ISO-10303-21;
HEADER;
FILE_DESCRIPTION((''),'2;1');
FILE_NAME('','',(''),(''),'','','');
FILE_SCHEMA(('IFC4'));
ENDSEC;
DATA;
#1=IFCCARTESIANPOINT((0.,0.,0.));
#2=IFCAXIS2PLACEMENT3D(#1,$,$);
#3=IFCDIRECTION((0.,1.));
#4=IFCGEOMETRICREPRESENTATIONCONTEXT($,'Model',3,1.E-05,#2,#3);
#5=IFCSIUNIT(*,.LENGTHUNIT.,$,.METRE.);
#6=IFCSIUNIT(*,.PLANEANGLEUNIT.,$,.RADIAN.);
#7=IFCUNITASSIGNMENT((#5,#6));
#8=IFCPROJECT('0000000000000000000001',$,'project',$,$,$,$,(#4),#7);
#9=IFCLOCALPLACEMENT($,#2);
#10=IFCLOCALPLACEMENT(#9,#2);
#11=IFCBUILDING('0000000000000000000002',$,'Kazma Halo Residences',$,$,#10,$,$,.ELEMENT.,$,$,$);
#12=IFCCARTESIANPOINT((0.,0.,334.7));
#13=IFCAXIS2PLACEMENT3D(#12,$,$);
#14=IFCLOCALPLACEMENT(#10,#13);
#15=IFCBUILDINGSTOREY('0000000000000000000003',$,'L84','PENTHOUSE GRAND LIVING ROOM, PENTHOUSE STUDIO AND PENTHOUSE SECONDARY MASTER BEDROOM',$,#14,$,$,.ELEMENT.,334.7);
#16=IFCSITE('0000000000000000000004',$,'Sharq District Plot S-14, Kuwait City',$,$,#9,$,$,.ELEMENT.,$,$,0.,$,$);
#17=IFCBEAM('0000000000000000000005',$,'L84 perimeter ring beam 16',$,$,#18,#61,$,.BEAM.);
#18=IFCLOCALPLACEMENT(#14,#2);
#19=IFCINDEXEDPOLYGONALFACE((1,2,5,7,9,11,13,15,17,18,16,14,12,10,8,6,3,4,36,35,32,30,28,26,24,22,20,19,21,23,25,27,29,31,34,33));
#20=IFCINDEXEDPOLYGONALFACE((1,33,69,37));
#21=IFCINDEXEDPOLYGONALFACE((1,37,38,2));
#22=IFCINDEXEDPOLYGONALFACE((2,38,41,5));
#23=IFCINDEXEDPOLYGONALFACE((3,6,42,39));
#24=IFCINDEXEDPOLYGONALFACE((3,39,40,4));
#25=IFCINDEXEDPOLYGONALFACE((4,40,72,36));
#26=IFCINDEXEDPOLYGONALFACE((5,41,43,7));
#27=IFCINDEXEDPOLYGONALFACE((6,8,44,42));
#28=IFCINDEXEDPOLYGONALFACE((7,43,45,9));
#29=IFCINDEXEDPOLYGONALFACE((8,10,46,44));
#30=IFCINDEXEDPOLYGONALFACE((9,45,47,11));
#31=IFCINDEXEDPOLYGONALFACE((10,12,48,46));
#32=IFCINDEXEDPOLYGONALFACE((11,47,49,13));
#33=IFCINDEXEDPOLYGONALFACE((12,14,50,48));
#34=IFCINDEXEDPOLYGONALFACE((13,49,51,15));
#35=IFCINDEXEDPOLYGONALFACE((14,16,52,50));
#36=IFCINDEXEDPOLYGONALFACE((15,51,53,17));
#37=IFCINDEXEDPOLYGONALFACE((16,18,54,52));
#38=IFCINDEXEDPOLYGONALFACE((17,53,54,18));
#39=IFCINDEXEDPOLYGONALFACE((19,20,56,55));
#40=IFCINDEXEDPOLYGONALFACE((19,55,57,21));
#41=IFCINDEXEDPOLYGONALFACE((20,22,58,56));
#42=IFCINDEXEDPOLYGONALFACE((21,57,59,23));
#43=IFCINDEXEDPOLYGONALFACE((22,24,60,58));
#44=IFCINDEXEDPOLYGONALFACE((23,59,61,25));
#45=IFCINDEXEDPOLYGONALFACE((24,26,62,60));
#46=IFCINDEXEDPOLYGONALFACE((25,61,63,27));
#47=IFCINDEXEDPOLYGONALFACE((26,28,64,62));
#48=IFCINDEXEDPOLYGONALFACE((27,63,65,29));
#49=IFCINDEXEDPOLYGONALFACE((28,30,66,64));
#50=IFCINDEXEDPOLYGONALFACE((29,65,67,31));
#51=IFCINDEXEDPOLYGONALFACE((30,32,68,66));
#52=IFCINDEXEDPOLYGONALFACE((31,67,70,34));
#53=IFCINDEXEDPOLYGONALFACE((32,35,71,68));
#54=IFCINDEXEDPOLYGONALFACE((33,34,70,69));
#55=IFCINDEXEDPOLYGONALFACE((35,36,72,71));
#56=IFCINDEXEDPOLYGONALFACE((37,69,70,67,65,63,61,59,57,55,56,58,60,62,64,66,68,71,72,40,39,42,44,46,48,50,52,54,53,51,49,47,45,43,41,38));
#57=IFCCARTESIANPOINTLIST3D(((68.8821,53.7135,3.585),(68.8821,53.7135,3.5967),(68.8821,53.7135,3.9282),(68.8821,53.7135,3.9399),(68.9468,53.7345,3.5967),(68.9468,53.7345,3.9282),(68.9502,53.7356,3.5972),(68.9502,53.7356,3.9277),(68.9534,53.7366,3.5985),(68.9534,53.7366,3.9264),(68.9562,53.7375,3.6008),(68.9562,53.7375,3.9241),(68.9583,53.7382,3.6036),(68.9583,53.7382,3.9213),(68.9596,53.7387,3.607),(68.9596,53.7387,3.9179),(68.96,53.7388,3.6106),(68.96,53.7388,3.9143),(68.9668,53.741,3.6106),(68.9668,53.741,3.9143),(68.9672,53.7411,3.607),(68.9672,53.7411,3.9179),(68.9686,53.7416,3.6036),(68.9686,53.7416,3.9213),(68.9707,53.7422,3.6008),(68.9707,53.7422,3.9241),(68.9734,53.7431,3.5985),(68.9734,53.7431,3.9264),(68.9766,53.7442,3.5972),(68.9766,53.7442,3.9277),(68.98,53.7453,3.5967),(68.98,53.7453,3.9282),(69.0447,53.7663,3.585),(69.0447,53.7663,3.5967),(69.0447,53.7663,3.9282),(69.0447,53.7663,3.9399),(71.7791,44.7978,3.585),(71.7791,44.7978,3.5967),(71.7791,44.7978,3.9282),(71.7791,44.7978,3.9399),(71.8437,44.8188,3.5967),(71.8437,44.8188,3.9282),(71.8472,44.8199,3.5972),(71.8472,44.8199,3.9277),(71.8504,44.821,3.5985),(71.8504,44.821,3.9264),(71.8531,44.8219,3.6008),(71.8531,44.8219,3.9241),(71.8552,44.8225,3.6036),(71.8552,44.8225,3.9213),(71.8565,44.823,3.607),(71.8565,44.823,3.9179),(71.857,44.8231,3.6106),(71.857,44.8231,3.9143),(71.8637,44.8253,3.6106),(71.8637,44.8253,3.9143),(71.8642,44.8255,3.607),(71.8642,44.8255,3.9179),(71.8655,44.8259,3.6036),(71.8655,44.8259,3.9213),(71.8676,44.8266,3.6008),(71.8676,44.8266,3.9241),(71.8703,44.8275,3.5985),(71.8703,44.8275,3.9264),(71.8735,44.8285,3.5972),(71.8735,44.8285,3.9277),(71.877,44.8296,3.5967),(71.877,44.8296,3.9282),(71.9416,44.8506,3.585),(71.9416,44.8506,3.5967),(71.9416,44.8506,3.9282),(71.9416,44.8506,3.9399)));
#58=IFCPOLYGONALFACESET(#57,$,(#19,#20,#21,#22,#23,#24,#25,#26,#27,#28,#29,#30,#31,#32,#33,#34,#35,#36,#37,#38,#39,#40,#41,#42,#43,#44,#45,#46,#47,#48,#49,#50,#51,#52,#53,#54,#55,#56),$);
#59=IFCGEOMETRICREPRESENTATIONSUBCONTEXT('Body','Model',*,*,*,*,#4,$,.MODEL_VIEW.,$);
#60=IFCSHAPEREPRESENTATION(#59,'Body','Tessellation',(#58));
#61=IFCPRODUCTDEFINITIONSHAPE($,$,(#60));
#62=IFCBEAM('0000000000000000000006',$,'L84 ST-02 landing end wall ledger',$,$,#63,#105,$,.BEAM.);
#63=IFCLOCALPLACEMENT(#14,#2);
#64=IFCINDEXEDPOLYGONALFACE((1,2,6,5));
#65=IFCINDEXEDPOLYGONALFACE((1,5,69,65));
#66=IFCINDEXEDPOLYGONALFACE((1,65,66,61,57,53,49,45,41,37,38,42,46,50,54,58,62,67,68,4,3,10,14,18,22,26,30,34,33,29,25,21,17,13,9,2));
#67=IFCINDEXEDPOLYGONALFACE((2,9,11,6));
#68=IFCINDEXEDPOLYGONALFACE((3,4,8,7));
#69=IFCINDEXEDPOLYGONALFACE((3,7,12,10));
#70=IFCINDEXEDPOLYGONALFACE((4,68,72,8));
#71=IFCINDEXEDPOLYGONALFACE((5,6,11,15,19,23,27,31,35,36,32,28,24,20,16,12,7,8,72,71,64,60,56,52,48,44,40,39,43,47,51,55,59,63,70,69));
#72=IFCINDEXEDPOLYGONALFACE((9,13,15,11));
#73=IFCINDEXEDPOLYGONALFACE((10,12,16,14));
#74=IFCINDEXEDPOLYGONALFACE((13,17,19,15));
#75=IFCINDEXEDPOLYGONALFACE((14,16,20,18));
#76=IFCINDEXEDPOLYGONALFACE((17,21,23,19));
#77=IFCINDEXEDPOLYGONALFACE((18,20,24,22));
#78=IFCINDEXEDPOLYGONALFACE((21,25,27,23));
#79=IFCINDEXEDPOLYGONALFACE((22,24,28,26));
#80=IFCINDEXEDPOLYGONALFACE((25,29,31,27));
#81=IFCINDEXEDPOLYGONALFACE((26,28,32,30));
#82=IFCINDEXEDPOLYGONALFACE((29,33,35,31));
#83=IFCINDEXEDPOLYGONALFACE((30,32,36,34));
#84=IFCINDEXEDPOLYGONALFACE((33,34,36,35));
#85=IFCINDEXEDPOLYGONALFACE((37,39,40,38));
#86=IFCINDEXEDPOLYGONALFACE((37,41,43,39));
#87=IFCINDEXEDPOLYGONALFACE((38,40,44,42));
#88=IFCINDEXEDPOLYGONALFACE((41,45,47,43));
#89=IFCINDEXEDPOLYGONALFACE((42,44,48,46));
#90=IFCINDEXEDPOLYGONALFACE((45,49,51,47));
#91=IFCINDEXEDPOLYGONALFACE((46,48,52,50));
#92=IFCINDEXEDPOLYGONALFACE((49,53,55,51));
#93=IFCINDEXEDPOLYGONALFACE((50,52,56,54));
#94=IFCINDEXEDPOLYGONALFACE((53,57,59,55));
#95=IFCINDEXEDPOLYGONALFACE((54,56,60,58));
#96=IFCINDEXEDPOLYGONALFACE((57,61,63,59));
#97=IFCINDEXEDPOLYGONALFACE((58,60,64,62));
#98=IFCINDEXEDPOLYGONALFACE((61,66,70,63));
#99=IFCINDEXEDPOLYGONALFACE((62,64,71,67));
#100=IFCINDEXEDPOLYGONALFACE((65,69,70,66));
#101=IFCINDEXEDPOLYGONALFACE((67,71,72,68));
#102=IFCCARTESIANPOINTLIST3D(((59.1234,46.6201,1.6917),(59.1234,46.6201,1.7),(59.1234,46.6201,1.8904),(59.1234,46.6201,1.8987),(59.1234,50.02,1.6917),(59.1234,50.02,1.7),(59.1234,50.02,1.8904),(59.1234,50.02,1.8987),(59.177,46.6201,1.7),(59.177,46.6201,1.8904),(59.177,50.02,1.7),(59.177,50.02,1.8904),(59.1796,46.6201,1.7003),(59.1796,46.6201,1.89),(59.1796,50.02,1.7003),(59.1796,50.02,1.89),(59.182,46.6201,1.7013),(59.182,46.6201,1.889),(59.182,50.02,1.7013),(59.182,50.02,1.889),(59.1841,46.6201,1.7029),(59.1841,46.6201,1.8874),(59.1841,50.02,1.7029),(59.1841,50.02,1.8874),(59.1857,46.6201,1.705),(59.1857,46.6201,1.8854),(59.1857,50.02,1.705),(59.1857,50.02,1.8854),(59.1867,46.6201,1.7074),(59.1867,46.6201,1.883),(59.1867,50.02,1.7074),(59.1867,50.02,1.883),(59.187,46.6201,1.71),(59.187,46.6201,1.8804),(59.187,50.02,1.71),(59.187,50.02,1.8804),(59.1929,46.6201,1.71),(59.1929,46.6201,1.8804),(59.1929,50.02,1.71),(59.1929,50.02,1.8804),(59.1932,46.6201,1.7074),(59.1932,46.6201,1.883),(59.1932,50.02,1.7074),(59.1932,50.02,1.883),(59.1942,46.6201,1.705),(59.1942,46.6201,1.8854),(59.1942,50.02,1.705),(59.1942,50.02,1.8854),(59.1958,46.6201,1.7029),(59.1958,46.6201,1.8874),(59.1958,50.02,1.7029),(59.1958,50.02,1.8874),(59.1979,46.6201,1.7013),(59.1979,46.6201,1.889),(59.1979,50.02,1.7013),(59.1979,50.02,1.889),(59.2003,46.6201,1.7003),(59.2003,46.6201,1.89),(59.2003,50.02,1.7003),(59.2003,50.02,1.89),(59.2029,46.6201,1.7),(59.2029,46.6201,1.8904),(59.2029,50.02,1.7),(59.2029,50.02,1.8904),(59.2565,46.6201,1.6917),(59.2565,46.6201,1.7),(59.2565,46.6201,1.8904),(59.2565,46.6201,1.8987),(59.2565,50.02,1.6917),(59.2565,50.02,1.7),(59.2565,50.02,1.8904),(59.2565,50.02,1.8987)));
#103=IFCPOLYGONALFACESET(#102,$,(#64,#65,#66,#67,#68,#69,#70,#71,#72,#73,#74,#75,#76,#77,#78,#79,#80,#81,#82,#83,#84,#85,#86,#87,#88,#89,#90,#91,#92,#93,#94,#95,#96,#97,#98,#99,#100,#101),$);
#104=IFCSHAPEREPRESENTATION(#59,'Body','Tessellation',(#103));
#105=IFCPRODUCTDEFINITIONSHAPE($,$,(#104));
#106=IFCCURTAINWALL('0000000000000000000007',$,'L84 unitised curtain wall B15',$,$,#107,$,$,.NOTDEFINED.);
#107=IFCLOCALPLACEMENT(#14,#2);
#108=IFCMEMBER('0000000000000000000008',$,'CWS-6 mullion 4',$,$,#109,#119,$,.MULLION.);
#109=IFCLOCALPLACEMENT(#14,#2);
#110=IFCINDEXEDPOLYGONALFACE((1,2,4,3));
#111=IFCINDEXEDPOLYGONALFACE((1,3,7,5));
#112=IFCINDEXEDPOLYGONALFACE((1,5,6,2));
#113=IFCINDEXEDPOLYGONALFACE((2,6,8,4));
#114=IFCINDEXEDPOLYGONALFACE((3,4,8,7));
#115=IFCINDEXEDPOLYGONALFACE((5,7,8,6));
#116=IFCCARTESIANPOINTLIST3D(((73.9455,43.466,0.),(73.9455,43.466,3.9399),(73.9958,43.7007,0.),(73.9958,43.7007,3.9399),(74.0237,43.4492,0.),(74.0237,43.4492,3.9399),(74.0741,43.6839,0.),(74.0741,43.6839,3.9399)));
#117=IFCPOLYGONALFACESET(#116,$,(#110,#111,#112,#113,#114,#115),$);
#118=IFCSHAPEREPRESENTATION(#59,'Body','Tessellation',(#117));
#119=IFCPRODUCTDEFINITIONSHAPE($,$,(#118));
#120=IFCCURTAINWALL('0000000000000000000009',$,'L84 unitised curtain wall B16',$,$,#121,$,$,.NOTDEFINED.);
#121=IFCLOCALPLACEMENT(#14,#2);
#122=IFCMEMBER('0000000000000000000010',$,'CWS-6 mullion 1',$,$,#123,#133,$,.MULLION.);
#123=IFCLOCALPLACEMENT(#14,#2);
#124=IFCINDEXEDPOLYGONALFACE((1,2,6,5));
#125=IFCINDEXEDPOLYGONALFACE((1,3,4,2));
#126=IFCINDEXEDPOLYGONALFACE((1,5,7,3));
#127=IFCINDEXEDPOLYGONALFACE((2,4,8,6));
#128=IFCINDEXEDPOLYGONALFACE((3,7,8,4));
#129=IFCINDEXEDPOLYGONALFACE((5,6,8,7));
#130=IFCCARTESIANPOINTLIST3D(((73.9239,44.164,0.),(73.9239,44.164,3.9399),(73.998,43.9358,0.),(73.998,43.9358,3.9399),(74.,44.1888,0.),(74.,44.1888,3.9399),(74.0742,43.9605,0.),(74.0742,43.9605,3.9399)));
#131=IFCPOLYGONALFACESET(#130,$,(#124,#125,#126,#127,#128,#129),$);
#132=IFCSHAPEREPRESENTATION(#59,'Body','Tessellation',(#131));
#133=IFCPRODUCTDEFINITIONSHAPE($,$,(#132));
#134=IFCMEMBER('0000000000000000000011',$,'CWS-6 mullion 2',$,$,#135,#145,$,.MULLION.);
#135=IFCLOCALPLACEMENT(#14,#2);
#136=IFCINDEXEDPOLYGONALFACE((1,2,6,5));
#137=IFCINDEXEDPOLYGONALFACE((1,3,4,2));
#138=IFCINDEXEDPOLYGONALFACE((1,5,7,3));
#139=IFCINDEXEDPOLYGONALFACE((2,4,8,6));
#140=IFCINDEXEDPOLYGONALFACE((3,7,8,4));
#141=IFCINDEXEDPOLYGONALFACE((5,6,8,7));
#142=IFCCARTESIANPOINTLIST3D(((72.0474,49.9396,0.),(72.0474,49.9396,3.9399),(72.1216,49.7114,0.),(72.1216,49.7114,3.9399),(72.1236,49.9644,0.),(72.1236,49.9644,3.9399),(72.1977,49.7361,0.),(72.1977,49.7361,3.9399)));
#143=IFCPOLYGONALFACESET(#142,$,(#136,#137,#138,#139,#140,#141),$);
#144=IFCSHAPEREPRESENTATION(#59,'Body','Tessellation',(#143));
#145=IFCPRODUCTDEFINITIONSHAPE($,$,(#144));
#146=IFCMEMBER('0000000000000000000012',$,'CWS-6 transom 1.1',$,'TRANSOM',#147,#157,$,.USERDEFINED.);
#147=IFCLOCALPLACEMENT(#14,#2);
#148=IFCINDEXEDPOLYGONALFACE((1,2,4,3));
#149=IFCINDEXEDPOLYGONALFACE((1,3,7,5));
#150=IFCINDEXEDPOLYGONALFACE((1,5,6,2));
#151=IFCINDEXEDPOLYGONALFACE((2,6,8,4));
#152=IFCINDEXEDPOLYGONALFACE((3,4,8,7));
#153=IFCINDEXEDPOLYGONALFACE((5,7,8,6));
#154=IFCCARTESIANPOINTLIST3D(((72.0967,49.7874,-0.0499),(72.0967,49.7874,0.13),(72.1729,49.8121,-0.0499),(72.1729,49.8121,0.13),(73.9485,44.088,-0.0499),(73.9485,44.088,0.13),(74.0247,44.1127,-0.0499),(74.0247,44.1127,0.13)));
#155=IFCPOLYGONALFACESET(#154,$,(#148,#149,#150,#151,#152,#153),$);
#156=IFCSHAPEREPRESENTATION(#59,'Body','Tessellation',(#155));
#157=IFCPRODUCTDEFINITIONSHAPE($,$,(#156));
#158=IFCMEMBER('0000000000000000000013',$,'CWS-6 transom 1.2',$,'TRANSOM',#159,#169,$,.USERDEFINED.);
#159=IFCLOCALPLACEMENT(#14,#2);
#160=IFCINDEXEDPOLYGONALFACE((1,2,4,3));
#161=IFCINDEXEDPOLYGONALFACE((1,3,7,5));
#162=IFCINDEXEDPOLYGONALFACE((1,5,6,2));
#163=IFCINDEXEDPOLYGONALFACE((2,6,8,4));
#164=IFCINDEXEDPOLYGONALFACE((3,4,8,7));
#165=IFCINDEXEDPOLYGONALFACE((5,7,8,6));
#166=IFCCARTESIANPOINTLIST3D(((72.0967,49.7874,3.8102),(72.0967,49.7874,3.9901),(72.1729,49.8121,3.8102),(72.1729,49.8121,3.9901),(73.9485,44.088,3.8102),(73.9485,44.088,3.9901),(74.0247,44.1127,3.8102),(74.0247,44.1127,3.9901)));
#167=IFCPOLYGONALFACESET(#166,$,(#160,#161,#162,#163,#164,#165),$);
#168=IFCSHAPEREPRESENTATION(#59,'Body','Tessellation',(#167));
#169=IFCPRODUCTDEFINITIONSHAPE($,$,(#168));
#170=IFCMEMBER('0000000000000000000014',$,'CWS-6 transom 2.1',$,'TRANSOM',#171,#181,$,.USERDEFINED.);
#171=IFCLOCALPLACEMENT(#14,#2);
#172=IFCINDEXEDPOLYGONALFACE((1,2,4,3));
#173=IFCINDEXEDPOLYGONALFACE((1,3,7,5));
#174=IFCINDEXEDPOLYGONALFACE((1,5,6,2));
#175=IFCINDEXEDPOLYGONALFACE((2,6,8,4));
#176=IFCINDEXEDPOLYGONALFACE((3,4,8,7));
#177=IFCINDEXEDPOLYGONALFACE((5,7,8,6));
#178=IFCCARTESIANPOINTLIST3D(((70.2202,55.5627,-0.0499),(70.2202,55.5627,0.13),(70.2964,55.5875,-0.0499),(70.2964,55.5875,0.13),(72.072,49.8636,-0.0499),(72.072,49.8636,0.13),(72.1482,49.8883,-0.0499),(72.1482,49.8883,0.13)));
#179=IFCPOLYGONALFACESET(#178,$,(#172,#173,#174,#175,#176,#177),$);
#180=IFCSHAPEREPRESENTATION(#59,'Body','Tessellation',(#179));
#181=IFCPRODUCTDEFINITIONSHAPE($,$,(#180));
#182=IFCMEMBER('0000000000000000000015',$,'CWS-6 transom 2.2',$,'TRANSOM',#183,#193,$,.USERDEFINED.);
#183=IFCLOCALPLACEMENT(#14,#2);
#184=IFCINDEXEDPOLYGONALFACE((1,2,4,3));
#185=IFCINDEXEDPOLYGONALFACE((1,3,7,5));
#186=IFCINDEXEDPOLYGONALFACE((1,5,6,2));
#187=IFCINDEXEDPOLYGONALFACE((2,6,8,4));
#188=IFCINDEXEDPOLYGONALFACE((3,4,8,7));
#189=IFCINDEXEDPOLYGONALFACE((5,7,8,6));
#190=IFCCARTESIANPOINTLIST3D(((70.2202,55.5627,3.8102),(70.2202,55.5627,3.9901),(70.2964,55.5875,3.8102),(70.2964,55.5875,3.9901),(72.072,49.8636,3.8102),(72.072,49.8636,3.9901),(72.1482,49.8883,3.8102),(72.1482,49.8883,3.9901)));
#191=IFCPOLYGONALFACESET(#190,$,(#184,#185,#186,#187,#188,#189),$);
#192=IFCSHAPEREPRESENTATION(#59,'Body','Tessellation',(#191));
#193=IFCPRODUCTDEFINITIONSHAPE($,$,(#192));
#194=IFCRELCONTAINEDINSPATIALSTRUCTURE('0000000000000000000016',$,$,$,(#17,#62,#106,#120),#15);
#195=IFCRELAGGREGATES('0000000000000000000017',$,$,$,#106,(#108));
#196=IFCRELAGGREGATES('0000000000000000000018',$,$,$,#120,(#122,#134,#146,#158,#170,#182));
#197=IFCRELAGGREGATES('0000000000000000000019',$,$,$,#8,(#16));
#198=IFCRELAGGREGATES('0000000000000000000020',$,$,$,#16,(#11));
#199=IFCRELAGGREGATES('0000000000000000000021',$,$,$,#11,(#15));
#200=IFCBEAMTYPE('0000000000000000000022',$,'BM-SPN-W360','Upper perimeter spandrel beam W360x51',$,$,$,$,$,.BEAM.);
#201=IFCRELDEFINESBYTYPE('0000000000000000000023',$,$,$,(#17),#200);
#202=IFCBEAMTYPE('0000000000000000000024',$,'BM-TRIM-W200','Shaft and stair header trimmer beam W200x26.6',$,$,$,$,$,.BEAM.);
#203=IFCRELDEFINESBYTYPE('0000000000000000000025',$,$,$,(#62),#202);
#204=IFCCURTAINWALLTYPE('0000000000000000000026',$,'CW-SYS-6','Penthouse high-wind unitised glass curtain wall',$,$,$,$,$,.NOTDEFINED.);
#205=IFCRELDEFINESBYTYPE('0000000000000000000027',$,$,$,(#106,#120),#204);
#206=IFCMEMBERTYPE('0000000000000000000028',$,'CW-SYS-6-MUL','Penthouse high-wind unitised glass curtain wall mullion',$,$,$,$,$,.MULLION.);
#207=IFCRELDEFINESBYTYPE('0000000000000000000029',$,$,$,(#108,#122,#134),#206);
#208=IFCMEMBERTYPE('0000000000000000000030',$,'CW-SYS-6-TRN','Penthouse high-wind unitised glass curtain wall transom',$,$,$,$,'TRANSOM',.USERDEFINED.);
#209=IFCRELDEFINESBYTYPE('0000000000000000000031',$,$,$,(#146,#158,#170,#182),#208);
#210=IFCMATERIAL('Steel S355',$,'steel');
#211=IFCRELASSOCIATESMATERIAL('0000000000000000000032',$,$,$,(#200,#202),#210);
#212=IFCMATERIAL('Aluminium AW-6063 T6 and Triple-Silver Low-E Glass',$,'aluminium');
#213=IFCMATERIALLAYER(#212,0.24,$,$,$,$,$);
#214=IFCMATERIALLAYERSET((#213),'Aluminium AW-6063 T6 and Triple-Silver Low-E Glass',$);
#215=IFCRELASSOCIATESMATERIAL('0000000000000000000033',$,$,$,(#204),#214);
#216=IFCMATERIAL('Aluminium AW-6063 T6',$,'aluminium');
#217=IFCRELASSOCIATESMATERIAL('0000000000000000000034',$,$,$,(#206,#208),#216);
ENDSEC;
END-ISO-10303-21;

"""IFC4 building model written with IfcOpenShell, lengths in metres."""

from ifc_helpers import new_model, si_unit, direction, frame, origin, origin_2d, place, context, subcontext, project, spatial, rectangle, i_section, extrude, material, layer, layer_set, material_profile, profile_set, type_object, element, aggregate, save


model = new_model("IFC4")

# Units and contexts
model_context = context("Model", 3, precision=1e-05, world=origin(), true_north=direction((0.0, 1.0)))
body_context = subcontext(model_context, "Body", "Model", "MODEL_VIEW")
ifc_project = project(units=[si_unit("LENGTHUNIT", "METRE"), si_unit("PLANEANGLEUNIT", "RADIAN")], contexts=[model_context])

# Site, building, storey
site_placement = place(None, origin())
site = spatial("IfcSite", under=ifc_project, at=site_placement, Name="Sharq District Plot S-14, Kuwait City", CompositionType="ELEMENT", RefElevation=0.0)
building_placement = place(site_placement, origin())
building = spatial("IfcBuilding", under=site, at=building_placement, Name="Kazma Halo Residences", CompositionType="ELEMENT")
storey_placement = place(building_placement, frame((0.0, 0.0, 334.7)))
storey = spatial("IfcBuildingStorey", under=building, at=storey_placement, Name="L84", Description="PENTHOUSE GRAND LIVING ROOM, PENTHOUSE STUDIO AND PENTHOUSE SECONDARY MASTER BEDROOM", CompositionType="ELEMENT", Elevation=334.7)

# Beams
ifc_material_1 = material(Name="Steel S355", Category="steel")
ifc_material_profile_1 = material_profile(ifc_material_1, i_section(OverallWidth=0.1709, OverallDepth=0.355, WebThickness=0.0071, FlangeThickness=0.0117, FilletRadius=0.0139, at=origin_2d()), Name="W360x51")
ifc_profile_set_1 = profile_set([ifc_material_profile_1], Name="Steel S355")
beam_type_1 = type_object("IfcBeamType", Name="BM-SPN-W360", Description="Upper perimeter spandrel beam W360x51", PredefinedType="BEAM", material=ifc_profile_set_1)
beam_1_placement = place(storey_placement, frame((71.8604, 44.8242, 3.7625), z_axis=(-0.309023, 0.951055, 0.0), x_axis=(-0.951055, -0.309023, 0.0)))
element("IfcBeam", 1, at=beam_1_placement, inside=storey, type_object=beam_type_1, Name="L84 perimeter ring beam 16", PredefinedType="BEAM", context=body_context, shape_type="SweptSolid", body=[
    extrude(i_section(OverallWidth=0.1709, OverallDepth=0.355, WebThickness=0.0071, FlangeThickness=0.0117, FilletRadius=0.0139, at=origin_2d()), origin(), (0.0, 0.0, 1.0), 9.3745),
])
ifc_material_profile_2 = material_profile(ifc_material_1, i_section(OverallWidth=0.1331, OverallDepth=0.207, WebThickness=0.0059, FlangeThickness=0.0083, FilletRadius=0.01, at=origin_2d()), Name="W200x26.6")
ifc_profile_set_2 = profile_set([ifc_material_profile_2], Name="Steel S355")
beam_type_2 = type_object("IfcBeamType", Name="BM-TRIM-W200", Description="Shaft and stair header trimmer beam W200x26.6", PredefinedType="BEAM", material=ifc_profile_set_2)
beam_2_placement = place(storey_placement, frame((59.1899, 46.6201, 1.7952), z_axis=(0.0, 1.0, 0.0), x_axis=(-1.0, 0.0, 0.0)))
element("IfcBeam", 2, at=beam_2_placement, inside=storey, type_object=beam_type_2, Name="L84 ST-02 landing end wall ledger", PredefinedType="BEAM", context=body_context, shape_type="SweptSolid", body=[
    extrude(i_section(OverallWidth=0.1331, OverallDepth=0.207, WebThickness=0.0059, FlangeThickness=0.0083, FilletRadius=0.01, at=origin_2d()), origin(), (0.0, 0.0, 1.0), 3.3999),
])

# Curtain wall, member
ifc_material_2 = material(Name="Aluminium AW-6063 T6 and Triple-Silver Low-E Glass", Category="aluminium")
ifc_layer_1 = layer(ifc_material_2, 0.24)
ifc_layer_set_1 = layer_set([ifc_layer_1], Name="Aluminium AW-6063 T6 and Triple-Silver Low-E Glass")
curtain_wall_type = type_object("IfcCurtainWallType", Name="CW-SYS-6", Description="Penthouse high-wind unitised glass curtain wall", PredefinedType="NOTDEFINED", material=ifc_layer_set_1)
curtain_wall_1_placement = place(storey_placement, origin())
curtain_wall_1 = element("IfcCurtainWall", 3, at=curtain_wall_1_placement, inside=storey, type_object=curtain_wall_type, Name="L84 unitised curtain wall B15", PredefinedType="NOTDEFINED")
ifc_material_3 = material(Name="Aluminium AW-6063 T6", Category="aluminium")
ifc_material_profile_3 = material_profile(ifc_material_3, rectangle(XDim=0.0801, YDim=0.24, at=origin_2d()), Name="CWM-80x240")
ifc_profile_set_3 = profile_set([ifc_material_profile_3], Name="Aluminium AW-6063 T6")
member_type_1 = type_object("IfcMemberType", Name="CW-SYS-6-MUL", Description="Penthouse high-wind unitised glass curtain wall mullion", PredefinedType="MULLION", material=ifc_profile_set_3)
member_1_placement = place(storey_placement, frame((74.0098, 43.575, 0.0), z_axis=(0.0, 0.0, 1.0), x_axis=(-0.977761, 0.209723, 0.0)))
member_1 = element("IfcMember", 4, at=member_1_placement, type_object=member_type_1, Name="CWS-6 mullion 4", PredefinedType="MULLION", context=body_context, shape_type="SweptSolid", body=[
    extrude(rectangle(XDim=0.0801, YDim=0.24, at=origin_2d()), origin(), (0.0, 0.0, 1.0), 3.9399),
])

# Curtain wall, members
curtain_wall_2_placement = place(storey_placement, origin())
curtain_wall_2 = element("IfcCurtainWall", 5, at=curtain_wall_2_placement, inside=storey, type_object=curtain_wall_type, Name="L84 unitised curtain wall B16", PredefinedType="NOTDEFINED")
member_2_placement = place(storey_placement, frame((73.999, 44.0623, 0.0), z_axis=(0.0, 0.0, 1.0), x_axis=(-0.951056, -0.309019, 0.0)))
member_2 = element("IfcMember", 6, at=member_2_placement, type_object=member_type_1, Name="CWS-6 mullion 1", PredefinedType="MULLION", context=body_context, shape_type="SweptSolid", body=[
    extrude(rectangle(XDim=0.0801, YDim=0.24, at=origin_2d()), origin(), (0.0, 0.0, 1.0), 3.9399),
])
member_3_placement = place(storey_placement, frame((72.1226, 49.8379, 0.0), z_axis=(0.0, 0.0, 1.0), x_axis=(-0.951056, -0.309019, 0.0)))
member_3 = element("IfcMember", 7, at=member_3_placement, type_object=member_type_1, Name="CWS-6 mullion 2", PredefinedType="MULLION", context=body_context, shape_type="SweptSolid", body=[
    extrude(rectangle(XDim=0.0801, YDim=0.24, at=origin_2d()), origin(), (0.0, 0.0, 1.0), 3.9399),
])
ifc_material_profile_4 = material_profile(ifc_material_3, rectangle(XDim=0.0801, YDim=0.1799, at=origin_2d()), Name="CWT-80x180")
ifc_profile_set_4 = profile_set([ifc_material_profile_4], Name="Aluminium AW-6063 T6")
member_type_2 = type_object("IfcMemberType", Name="CW-SYS-6-TRN", Description="Penthouse high-wind unitised glass curtain wall transom", ElementType="TRANSOM", PredefinedType="USERDEFINED", material=ifc_profile_set_4)
member_4_placement = place(storey_placement, frame((73.9866, 44.1003, 0.04), z_axis=(-0.309008, 0.95106, 0.0), x_axis=(-0.95106, -0.309008, 0.0)))
member_4 = element("IfcMember", 8, at=member_4_placement, type_object=member_type_2, Name="CWS-6 transom 1.1", ObjectType="TRANSOM", PredefinedType="USERDEFINED", context=body_context, shape_type="SweptSolid", body=[
    extrude(rectangle(XDim=0.0801, YDim=0.1799, at=origin_2d()), origin(), (0.0, 0.0, 1.0), 5.9927),
])
member_5_placement = place(storey_placement, frame((73.9866, 44.1003, 3.9001), z_axis=(-0.309008, 0.95106, 0.0), x_axis=(-0.95106, -0.309008, 0.0)))
member_5 = element("IfcMember", 9, at=member_5_placement, type_object=member_type_2, Name="CWS-6 transom 1.2", ObjectType="TRANSOM", PredefinedType="USERDEFINED", context=body_context, shape_type="SweptSolid", body=[
    extrude(rectangle(XDim=0.0801, YDim=0.1799, at=origin_2d()), origin(), (0.0, 0.0, 1.0), 5.9927),
])
member_6_placement = place(storey_placement, frame((72.1101, 49.876, 0.04), z_axis=(-0.30902, 0.951056, 0.0), x_axis=(-0.951056, -0.30902, 0.0)))
member_6 = element("IfcMember", 10, at=member_6_placement, type_object=member_type_2, Name="CWS-6 transom 2.1", ObjectType="TRANSOM", PredefinedType="USERDEFINED", context=body_context, shape_type="SweptSolid", body=[
    extrude(rectangle(XDim=0.0801, YDim=0.1799, at=origin_2d()), origin(), (0.0, 0.0, 1.0), 5.9924),
])
member_7_placement = place(storey_placement, frame((72.1101, 49.876, 3.9001), z_axis=(-0.30902, 0.951056, 0.0), x_axis=(-0.951056, -0.30902, 0.0)))
member_7 = element("IfcMember", 11, at=member_7_placement, type_object=member_type_2, Name="CWS-6 transom 2.2", ObjectType="TRANSOM", PredefinedType="USERDEFINED", context=body_context, shape_type="SweptSolid", body=[
    extrude(rectangle(XDim=0.0801, YDim=0.1799, at=origin_2d()), origin(), (0.0, 0.0, 1.0), 5.9924),
])

aggregate(curtain_wall_1, [member_1])
aggregate(curtain_wall_2, [member_2, member_3, member_4, member_5, member_6, member_7])

save(model, "model.ifc")
